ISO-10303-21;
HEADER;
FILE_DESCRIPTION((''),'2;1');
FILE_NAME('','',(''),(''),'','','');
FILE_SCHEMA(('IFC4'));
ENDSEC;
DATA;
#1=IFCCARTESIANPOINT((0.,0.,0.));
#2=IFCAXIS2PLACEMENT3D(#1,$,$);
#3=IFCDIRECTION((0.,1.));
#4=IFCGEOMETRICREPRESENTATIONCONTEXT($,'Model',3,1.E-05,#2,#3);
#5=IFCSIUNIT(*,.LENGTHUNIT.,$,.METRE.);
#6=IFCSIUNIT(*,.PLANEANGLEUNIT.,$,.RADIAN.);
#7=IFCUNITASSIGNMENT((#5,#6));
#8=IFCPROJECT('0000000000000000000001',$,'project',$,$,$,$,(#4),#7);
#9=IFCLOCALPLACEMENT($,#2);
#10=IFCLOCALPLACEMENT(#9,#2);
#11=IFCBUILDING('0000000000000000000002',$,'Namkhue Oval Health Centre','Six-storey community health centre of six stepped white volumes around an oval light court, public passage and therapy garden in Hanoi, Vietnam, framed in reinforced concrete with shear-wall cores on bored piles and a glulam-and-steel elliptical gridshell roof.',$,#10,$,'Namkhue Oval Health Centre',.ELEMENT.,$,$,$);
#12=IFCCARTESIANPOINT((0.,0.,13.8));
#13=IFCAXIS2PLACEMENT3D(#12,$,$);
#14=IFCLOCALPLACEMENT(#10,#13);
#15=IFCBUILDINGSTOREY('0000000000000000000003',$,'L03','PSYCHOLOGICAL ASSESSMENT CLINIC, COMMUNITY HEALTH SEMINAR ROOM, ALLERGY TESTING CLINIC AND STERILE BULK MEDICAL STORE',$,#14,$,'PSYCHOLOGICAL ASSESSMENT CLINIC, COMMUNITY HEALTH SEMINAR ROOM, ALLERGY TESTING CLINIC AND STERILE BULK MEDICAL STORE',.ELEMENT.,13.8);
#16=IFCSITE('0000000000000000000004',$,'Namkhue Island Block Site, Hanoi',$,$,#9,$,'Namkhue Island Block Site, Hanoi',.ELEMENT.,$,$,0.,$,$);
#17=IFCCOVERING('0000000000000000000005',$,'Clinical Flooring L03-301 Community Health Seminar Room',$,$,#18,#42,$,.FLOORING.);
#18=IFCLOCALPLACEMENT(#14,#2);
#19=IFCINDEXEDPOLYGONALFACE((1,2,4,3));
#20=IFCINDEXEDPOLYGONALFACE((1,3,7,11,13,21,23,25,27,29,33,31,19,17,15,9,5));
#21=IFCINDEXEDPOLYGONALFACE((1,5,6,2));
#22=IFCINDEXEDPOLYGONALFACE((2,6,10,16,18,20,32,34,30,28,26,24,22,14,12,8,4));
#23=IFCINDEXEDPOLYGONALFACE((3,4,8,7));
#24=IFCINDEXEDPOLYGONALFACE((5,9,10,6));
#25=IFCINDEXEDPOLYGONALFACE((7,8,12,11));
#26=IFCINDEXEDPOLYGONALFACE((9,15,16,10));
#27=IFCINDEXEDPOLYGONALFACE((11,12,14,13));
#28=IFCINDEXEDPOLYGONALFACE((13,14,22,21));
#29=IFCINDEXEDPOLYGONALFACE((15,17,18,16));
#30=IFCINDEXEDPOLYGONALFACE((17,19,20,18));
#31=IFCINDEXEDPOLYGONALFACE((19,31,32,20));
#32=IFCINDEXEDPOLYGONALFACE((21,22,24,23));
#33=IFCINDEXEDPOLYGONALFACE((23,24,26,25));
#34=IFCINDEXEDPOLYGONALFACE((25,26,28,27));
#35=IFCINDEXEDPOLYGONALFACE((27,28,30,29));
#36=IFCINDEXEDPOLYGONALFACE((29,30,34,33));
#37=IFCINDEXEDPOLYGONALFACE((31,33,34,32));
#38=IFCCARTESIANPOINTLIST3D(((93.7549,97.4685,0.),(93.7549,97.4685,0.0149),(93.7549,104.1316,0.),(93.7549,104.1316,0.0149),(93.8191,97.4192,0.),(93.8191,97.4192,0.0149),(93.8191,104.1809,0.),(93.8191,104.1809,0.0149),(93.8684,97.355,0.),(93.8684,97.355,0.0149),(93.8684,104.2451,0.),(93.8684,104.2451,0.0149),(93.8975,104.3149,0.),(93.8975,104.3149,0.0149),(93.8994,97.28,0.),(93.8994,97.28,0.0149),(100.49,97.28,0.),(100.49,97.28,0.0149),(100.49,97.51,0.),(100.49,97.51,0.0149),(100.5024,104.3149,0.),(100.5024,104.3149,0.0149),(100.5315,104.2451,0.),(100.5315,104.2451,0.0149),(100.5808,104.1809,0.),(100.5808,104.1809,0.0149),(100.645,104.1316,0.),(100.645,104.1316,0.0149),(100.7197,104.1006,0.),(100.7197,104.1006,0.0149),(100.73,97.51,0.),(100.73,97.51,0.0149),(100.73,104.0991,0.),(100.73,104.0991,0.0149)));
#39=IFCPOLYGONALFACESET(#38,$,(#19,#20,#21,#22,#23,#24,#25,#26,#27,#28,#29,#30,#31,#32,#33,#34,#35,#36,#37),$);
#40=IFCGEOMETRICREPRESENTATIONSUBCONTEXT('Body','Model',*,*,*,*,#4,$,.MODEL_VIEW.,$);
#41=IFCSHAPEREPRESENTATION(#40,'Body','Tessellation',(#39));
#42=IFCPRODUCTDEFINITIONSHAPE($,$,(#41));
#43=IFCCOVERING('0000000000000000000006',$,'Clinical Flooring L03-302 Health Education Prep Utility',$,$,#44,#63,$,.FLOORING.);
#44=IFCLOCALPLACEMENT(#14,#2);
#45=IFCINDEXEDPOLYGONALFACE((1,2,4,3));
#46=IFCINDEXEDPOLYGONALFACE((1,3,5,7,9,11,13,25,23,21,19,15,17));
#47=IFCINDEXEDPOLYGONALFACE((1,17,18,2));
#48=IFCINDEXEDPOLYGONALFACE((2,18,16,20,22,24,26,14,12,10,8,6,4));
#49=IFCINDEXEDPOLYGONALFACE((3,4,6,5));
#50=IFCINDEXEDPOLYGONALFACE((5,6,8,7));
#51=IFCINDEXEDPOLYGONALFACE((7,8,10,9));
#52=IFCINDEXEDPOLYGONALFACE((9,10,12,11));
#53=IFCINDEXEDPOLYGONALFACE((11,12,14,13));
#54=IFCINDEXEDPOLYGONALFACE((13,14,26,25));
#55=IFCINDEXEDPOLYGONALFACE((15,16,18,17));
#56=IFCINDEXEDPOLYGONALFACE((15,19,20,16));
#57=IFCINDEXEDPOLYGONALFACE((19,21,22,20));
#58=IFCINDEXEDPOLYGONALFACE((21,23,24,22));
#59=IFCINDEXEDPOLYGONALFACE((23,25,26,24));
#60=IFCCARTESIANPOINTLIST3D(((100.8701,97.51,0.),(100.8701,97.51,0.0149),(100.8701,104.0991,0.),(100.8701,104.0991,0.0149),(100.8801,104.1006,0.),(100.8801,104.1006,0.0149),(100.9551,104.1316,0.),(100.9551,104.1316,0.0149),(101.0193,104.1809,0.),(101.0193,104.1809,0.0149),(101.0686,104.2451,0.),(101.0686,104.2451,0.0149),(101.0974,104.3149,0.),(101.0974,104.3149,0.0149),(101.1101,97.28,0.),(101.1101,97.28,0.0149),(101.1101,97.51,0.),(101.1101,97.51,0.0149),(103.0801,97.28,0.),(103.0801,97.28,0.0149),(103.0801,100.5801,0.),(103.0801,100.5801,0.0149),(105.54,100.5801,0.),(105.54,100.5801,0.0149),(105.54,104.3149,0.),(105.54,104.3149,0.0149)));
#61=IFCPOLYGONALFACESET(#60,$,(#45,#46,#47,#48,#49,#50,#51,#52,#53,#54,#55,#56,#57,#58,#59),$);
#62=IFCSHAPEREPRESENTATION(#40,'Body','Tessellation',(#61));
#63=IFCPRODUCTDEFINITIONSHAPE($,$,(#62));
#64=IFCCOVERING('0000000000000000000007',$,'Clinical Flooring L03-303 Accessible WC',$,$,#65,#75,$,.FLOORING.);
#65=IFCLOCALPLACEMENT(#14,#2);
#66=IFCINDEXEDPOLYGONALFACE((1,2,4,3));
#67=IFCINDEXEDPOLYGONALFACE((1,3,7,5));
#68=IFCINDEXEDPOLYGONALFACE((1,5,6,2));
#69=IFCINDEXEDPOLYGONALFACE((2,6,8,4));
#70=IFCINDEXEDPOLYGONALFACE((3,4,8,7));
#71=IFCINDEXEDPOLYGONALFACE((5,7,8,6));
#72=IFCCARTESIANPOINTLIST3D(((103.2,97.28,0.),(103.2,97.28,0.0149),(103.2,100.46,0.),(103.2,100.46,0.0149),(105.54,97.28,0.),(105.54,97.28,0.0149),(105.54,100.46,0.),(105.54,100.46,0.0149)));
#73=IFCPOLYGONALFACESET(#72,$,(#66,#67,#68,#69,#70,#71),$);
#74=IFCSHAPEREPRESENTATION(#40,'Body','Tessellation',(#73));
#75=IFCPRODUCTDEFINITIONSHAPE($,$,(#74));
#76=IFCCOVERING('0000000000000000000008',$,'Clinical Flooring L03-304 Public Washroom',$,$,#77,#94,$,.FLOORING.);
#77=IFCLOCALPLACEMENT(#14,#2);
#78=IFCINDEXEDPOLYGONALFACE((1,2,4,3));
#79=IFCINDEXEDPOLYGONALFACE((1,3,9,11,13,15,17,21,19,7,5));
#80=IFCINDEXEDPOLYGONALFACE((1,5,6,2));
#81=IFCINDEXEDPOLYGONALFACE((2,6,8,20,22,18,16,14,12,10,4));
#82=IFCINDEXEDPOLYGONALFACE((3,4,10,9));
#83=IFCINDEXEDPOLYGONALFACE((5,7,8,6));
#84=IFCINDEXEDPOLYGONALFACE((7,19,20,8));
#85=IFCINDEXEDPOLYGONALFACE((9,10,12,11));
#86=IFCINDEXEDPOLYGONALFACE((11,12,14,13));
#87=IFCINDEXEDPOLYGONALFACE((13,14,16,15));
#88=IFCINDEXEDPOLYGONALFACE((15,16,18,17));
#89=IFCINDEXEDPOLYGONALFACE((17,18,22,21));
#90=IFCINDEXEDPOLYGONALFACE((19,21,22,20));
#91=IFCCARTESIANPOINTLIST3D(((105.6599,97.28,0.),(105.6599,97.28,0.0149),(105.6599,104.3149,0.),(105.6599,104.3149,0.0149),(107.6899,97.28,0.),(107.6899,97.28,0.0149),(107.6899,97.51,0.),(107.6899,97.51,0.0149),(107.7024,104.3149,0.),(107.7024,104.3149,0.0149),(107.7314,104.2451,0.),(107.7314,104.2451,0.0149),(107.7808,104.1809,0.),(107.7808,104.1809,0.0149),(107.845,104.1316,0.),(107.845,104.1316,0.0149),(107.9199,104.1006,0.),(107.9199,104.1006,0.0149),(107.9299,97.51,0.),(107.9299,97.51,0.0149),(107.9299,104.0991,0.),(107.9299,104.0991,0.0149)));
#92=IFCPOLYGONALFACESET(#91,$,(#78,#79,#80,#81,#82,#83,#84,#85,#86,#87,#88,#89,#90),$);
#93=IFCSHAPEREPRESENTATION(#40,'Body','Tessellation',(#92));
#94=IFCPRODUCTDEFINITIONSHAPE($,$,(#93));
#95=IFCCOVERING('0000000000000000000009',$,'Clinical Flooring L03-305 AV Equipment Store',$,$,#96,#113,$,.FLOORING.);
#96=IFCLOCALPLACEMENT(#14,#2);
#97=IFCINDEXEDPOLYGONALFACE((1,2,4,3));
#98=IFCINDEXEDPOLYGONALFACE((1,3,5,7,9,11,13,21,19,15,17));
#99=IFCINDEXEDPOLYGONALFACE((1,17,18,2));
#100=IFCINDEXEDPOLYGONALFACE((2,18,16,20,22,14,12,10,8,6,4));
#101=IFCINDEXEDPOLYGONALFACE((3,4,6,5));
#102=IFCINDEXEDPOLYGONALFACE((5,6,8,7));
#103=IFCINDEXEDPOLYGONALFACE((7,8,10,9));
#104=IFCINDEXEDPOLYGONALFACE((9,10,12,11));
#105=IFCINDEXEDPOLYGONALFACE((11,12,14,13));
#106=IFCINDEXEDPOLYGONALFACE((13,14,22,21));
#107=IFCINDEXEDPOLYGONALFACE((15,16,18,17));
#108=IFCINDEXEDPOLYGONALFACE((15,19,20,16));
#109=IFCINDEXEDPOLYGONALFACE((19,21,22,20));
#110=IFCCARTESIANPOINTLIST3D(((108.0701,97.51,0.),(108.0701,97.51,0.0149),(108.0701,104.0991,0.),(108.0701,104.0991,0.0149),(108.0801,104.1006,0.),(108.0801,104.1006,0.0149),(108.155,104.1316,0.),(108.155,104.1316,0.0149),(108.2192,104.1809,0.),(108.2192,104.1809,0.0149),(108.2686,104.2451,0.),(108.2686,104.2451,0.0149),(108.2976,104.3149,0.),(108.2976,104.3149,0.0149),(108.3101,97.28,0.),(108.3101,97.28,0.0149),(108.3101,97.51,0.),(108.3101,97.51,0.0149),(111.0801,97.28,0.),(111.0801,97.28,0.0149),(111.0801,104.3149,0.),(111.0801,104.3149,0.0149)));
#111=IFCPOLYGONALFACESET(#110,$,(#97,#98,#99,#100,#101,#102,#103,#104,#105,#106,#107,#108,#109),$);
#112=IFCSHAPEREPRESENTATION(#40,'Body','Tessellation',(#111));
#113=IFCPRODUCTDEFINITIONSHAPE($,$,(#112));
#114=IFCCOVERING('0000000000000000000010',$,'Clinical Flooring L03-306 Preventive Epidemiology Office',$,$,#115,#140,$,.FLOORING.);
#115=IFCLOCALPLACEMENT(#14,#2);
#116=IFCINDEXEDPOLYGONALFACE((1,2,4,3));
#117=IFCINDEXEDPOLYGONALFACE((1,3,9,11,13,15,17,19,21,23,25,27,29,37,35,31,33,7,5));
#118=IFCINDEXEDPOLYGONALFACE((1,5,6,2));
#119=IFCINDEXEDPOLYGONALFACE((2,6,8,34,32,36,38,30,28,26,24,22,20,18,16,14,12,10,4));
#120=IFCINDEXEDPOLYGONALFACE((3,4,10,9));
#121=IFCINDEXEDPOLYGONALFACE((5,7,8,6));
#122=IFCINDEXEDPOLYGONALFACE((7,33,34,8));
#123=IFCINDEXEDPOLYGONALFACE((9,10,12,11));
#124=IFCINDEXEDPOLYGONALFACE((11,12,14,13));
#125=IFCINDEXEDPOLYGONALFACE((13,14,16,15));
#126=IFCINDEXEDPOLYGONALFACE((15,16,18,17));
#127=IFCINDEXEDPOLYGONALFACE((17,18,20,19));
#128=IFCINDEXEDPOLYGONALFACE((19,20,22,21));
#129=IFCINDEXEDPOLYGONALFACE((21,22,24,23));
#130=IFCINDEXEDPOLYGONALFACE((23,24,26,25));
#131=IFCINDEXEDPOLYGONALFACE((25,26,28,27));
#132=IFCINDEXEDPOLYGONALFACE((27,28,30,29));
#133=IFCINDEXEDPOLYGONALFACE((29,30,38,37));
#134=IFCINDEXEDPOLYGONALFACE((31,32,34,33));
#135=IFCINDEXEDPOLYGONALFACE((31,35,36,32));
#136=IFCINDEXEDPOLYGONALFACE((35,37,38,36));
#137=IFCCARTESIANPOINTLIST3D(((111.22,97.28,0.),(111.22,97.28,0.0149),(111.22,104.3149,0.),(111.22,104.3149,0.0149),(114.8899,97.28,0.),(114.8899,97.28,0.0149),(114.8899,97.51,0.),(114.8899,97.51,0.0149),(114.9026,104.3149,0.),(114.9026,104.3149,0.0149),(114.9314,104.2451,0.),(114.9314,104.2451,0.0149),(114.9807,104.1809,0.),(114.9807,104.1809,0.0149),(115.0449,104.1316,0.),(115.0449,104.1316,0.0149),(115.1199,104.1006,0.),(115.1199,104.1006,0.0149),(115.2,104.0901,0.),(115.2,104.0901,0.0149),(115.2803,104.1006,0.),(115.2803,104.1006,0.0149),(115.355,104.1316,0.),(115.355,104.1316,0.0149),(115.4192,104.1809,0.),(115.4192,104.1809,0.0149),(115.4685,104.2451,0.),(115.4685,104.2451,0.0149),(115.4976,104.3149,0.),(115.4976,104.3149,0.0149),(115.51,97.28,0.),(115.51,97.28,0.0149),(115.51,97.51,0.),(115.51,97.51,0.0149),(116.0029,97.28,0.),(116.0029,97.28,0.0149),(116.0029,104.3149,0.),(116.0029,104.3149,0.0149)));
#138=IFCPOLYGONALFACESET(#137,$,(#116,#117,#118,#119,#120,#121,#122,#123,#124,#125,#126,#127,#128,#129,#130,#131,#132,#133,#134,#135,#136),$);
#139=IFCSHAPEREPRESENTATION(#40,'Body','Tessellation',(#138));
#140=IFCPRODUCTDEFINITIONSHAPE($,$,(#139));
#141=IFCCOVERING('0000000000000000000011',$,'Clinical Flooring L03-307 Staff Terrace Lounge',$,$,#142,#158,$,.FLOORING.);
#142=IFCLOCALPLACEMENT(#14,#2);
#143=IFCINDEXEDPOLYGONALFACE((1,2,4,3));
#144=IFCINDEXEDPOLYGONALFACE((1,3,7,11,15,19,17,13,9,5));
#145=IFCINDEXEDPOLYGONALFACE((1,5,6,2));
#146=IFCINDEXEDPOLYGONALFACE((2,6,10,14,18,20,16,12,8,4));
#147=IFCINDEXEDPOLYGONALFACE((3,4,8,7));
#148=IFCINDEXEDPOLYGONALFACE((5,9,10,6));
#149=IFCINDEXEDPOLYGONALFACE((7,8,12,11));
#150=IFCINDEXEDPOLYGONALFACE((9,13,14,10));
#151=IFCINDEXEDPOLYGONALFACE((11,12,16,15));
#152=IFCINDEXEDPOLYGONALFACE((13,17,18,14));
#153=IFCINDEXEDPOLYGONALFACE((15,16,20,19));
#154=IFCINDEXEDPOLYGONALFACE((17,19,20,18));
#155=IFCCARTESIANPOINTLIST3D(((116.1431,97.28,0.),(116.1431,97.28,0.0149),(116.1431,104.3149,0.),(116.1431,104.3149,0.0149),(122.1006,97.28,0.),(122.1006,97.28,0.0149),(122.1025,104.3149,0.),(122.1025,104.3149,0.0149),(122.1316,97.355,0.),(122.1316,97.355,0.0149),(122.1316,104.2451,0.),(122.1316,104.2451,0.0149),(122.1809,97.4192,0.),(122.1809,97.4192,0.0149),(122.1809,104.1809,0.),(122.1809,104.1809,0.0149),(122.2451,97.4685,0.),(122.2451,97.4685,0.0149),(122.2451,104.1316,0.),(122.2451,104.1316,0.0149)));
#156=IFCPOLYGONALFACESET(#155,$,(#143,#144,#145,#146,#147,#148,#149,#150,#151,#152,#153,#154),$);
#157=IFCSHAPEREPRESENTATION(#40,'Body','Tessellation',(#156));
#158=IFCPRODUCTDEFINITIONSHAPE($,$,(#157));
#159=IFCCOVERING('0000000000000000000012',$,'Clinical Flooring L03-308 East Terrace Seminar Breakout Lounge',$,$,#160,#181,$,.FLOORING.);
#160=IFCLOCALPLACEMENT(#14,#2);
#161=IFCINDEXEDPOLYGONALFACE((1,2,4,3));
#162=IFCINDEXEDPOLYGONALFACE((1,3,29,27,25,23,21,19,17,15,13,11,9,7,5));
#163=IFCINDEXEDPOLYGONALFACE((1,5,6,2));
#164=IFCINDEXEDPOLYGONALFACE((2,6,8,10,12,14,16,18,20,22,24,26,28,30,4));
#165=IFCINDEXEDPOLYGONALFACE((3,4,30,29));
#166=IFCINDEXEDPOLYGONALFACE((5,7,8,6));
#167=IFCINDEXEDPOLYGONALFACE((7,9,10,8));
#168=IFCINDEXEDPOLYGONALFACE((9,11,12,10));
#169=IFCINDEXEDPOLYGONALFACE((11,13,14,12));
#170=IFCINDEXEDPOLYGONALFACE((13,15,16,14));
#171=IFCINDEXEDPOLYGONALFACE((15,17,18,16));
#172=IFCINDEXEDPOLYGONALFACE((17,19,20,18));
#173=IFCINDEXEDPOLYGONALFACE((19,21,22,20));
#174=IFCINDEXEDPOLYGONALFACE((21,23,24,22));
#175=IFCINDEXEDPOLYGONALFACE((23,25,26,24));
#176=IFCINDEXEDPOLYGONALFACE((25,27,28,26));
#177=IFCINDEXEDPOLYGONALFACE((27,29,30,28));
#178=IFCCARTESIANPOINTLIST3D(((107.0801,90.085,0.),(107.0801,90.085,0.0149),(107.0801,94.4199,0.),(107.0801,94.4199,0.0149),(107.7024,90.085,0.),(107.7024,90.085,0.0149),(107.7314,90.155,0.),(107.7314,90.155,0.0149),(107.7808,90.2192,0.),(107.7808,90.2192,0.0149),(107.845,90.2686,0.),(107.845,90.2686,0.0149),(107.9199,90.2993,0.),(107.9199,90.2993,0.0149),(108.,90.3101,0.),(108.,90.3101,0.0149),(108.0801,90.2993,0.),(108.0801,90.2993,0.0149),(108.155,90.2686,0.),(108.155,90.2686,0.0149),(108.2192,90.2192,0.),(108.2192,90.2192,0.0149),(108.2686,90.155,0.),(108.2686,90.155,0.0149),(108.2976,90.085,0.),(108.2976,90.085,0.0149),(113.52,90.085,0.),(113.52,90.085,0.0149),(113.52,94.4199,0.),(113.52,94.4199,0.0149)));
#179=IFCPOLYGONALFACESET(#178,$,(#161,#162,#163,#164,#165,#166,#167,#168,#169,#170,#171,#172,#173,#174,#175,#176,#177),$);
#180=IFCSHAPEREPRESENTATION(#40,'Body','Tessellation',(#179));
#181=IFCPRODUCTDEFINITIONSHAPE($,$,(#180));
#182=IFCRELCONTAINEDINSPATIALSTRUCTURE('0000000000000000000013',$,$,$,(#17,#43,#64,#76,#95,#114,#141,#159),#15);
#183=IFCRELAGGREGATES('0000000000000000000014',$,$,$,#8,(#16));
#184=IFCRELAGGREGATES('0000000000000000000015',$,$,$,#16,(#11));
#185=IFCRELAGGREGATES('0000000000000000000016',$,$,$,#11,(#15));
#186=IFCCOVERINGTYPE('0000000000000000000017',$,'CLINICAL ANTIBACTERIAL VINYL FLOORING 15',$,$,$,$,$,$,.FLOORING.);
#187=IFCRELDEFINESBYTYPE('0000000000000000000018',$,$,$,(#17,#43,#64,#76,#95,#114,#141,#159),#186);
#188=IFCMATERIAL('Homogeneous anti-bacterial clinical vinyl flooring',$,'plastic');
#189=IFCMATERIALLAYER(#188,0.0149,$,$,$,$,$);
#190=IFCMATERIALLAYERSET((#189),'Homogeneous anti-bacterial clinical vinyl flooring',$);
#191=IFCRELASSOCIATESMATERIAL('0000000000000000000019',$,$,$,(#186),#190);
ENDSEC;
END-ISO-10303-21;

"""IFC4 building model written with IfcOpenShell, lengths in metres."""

from ifc_helpers import new_model, si_unit, direction, frame, origin, place, context, subcontext, project, spatial, polyline, outline, extrude, material, layer, layer_set, type_object, element, save


model = new_model("IFC4")

# Units and contexts
model_context = context("Model", 3, precision=1e-05, world=origin(), true_north=direction((0.0, 1.0)))
body_context = subcontext(model_context, "Body", "Model", "MODEL_VIEW")
ifc_project = project(units=[si_unit("LENGTHUNIT", "METRE"), si_unit("PLANEANGLEUNIT", "RADIAN")], contexts=[model_context])

# Site, building, storey
site_placement = place(None, origin())
site = spatial("IfcSite", under=ifc_project, at=site_placement, Name="Namkhue Island Block Site, Hanoi", LongName="Namkhue Island Block Site, Hanoi", CompositionType="ELEMENT", RefElevation=0.0)
building_placement = place(site_placement, origin())
building = spatial("IfcBuilding", under=site, at=building_placement, Name="Namkhue Oval Health Centre", Description="Six-storey community health centre of six stepped white volumes around an oval light court, public passage and therapy garden in Hanoi, Vietnam, framed in reinforced concrete with shear-wall cores on bored piles and a glulam-and-steel elliptical gridshell roof.", LongName="Namkhue Oval Health Centre", CompositionType="ELEMENT")
storey_placement = place(building_placement, frame((0.0, 0.0, 13.8)))
storey = spatial("IfcBuildingStorey", under=building, at=storey_placement, Name="L03", Description="PSYCHOLOGICAL ASSESSMENT CLINIC, COMMUNITY HEALTH SEMINAR ROOM, ALLERGY TESTING CLINIC AND STERILE BULK MEDICAL STORE", LongName="PSYCHOLOGICAL ASSESSMENT CLINIC, COMMUNITY HEALTH SEMINAR ROOM, ALLERGY TESTING CLINIC AND STERILE BULK MEDICAL STORE", CompositionType="ELEMENT", Elevation=13.8)

# Coverings
ifc_material = material(Name="Homogeneous anti-bacterial clinical vinyl flooring", Category="plastic")
ifc_layer = layer(ifc_material, 0.0149)
ifc_layer_set = layer_set([ifc_layer], Name="Homogeneous anti-bacterial clinical vinyl flooring")
covering_type = type_object("IfcCoveringType", Name="CLINICAL ANTIBACTERIAL VINYL FLOORING 15", PredefinedType="FLOORING", material=ifc_layer_set)
covering_1_placement = place(storey_placement, origin())
element("IfcCovering", 1, at=covering_1_placement, inside=storey, type_object=covering_type, Name="Clinical Flooring L03-301 Community Health Seminar Room", PredefinedType="FLOORING", context=body_context, shape_type="SweptSolid", body=[
    extrude(outline(polyline([(93.8994, 97.28), (93.8684, 97.355), (93.8191, 97.4192), (93.7549, 97.4685), (93.7549, 104.1316), (93.8191, 104.1809), (93.8684, 104.2451), (93.8975, 104.3149), (100.5024, 104.3149), (100.5315, 104.2451), (100.5808, 104.1809), (100.645, 104.1316), (100.7197, 104.1006), (100.73, 104.0991), (100.73, 97.51), (100.49, 97.51), (100.49, 97.28), (93.8994, 97.28)])), origin(), (0.0, 0.0, 1.0), 0.0149),
])
covering_2_placement = place(storey_placement, origin())
element("IfcCovering", 2, at=covering_2_placement, inside=storey, type_object=covering_type, Name="Clinical Flooring L03-302 Health Education Prep Utility", PredefinedType="FLOORING", context=body_context, shape_type="SweptSolid", body=[
    extrude(outline(polyline([(105.54, 104.3149), (105.54, 100.5801), (103.0801, 100.5801), (103.0801, 97.28), (101.1101, 97.28), (101.1101, 97.51), (100.8701, 97.51), (100.8701, 104.0991), (100.8801, 104.1006), (100.9551, 104.1316), (101.0193, 104.1809), (101.0686, 104.2451), (101.0974, 104.3149), (105.54, 104.3149)])), origin(), (0.0, 0.0, 1.0), 0.0149),
])
covering_3_placement = place(storey_placement, origin())
element("IfcCovering", 3, at=covering_3_placement, inside=storey, type_object=covering_type, Name="Clinical Flooring L03-303 Accessible WC", PredefinedType="FLOORING", context=body_context, shape_type="SweptSolid", body=[
    extrude(outline(polyline([(105.54, 100.46), (105.54, 97.28), (103.2, 97.28), (103.2, 100.46), (105.54, 100.46)])), origin(), (0.0, 0.0, 1.0), 0.0149),
])
covering_4_placement = place(storey_placement, origin())
element("IfcCovering", 4, at=covering_4_placement, inside=storey, type_object=covering_type, Name="Clinical Flooring L03-304 Public Washroom", PredefinedType="FLOORING", context=body_context, shape_type="SweptSolid", body=[
    extrude(outline(polyline([(105.6599, 97.28), (105.6599, 104.3149), (107.7024, 104.3149), (107.7314, 104.2451), (107.7808, 104.1809), (107.845, 104.1316), (107.9199, 104.1006), (107.9299, 104.0991), (107.9299, 97.51), (107.6899, 97.51), (107.6899, 97.28), (105.6599, 97.28)])), origin(), (0.0, 0.0, 1.0), 0.0149),
])
covering_5_placement = place(storey_placement, origin())
element("IfcCovering", 5, at=covering_5_placement, inside=storey, type_object=covering_type, Name="Clinical Flooring L03-305 AV Equipment Store", PredefinedType="FLOORING", context=body_context, shape_type="SweptSolid", body=[
    extrude(outline(polyline([(108.3101, 97.28), (108.3101, 97.51), (108.0701, 97.51), (108.0701, 104.0991), (108.0801, 104.1006), (108.155, 104.1316), (108.2192, 104.1809), (108.2686, 104.2451), (108.2976, 104.3149), (111.0801, 104.3149), (111.0801, 97.28), (108.3101, 97.28)])), origin(), (0.0, 0.0, 1.0), 0.0149),
])
covering_6_placement = place(storey_placement, origin())
element("IfcCovering", 6, at=covering_6_placement, inside=storey, type_object=covering_type, Name="Clinical Flooring L03-306 Preventive Epidemiology Office", PredefinedType="FLOORING", context=body_context, shape_type="SweptSolid", body=[
    extrude(outline(polyline([(115.51, 97.28), (115.51, 97.51), (114.8899, 97.51), (114.8899, 97.28), (111.22, 97.28), (111.22, 104.3149), (114.9026, 104.3149), (114.9314, 104.2451), (114.9807, 104.1809), (115.0449, 104.1316), (115.1199, 104.1006), (115.2, 104.0901), (115.2803, 104.1006), (115.355, 104.1316), (115.4192, 104.1809), (115.4685, 104.2451), (115.4976, 104.3149), (116.0029, 104.3149), (116.0029, 97.28), (115.51, 97.28)])), origin(), (0.0, 0.0, 1.0), 0.0149),
])
covering_7_placement = place(storey_placement, origin())
element("IfcCovering", 7, at=covering_7_placement, inside=storey, type_object=covering_type, Name="Clinical Flooring L03-307 Staff Terrace Lounge", PredefinedType="FLOORING", context=body_context, shape_type="SweptSolid", body=[
    extrude(outline(polyline([(116.1431, 97.28), (116.1431, 104.3149), (122.1025, 104.3149), (122.1316, 104.2451), (122.1809, 104.1809), (122.2451, 104.1316), (122.2451, 97.4685), (122.1809, 97.4192), (122.1316, 97.355), (122.1006, 97.28), (116.1431, 97.28)])), origin(), (0.0, 0.0, 1.0), 0.0149),
])
covering_8_placement = place(storey_placement, origin())
element("IfcCovering", 8, at=covering_8_placement, inside=storey, type_object=covering_type, Name="Clinical Flooring L03-308 East Terrace Seminar Breakout Lounge", PredefinedType="FLOORING", context=body_context, shape_type="SweptSolid", body=[
    extrude(outline(polyline([(108.2976, 90.085), (108.2686, 90.155), (108.2192, 90.2192), (108.155, 90.2686), (108.0801, 90.2993), (108.0, 90.3101), (107.9199, 90.2993), (107.845, 90.2686), (107.7808, 90.2192), (107.7314, 90.155), (107.7024, 90.085), (107.0801, 90.085), (107.0801, 94.4199), (113.52, 94.4199), (113.52, 90.085), (108.2976, 90.085)])), origin(), (0.0, 0.0, 1.0), 0.0149),
])

save(model, "model.ifc")
